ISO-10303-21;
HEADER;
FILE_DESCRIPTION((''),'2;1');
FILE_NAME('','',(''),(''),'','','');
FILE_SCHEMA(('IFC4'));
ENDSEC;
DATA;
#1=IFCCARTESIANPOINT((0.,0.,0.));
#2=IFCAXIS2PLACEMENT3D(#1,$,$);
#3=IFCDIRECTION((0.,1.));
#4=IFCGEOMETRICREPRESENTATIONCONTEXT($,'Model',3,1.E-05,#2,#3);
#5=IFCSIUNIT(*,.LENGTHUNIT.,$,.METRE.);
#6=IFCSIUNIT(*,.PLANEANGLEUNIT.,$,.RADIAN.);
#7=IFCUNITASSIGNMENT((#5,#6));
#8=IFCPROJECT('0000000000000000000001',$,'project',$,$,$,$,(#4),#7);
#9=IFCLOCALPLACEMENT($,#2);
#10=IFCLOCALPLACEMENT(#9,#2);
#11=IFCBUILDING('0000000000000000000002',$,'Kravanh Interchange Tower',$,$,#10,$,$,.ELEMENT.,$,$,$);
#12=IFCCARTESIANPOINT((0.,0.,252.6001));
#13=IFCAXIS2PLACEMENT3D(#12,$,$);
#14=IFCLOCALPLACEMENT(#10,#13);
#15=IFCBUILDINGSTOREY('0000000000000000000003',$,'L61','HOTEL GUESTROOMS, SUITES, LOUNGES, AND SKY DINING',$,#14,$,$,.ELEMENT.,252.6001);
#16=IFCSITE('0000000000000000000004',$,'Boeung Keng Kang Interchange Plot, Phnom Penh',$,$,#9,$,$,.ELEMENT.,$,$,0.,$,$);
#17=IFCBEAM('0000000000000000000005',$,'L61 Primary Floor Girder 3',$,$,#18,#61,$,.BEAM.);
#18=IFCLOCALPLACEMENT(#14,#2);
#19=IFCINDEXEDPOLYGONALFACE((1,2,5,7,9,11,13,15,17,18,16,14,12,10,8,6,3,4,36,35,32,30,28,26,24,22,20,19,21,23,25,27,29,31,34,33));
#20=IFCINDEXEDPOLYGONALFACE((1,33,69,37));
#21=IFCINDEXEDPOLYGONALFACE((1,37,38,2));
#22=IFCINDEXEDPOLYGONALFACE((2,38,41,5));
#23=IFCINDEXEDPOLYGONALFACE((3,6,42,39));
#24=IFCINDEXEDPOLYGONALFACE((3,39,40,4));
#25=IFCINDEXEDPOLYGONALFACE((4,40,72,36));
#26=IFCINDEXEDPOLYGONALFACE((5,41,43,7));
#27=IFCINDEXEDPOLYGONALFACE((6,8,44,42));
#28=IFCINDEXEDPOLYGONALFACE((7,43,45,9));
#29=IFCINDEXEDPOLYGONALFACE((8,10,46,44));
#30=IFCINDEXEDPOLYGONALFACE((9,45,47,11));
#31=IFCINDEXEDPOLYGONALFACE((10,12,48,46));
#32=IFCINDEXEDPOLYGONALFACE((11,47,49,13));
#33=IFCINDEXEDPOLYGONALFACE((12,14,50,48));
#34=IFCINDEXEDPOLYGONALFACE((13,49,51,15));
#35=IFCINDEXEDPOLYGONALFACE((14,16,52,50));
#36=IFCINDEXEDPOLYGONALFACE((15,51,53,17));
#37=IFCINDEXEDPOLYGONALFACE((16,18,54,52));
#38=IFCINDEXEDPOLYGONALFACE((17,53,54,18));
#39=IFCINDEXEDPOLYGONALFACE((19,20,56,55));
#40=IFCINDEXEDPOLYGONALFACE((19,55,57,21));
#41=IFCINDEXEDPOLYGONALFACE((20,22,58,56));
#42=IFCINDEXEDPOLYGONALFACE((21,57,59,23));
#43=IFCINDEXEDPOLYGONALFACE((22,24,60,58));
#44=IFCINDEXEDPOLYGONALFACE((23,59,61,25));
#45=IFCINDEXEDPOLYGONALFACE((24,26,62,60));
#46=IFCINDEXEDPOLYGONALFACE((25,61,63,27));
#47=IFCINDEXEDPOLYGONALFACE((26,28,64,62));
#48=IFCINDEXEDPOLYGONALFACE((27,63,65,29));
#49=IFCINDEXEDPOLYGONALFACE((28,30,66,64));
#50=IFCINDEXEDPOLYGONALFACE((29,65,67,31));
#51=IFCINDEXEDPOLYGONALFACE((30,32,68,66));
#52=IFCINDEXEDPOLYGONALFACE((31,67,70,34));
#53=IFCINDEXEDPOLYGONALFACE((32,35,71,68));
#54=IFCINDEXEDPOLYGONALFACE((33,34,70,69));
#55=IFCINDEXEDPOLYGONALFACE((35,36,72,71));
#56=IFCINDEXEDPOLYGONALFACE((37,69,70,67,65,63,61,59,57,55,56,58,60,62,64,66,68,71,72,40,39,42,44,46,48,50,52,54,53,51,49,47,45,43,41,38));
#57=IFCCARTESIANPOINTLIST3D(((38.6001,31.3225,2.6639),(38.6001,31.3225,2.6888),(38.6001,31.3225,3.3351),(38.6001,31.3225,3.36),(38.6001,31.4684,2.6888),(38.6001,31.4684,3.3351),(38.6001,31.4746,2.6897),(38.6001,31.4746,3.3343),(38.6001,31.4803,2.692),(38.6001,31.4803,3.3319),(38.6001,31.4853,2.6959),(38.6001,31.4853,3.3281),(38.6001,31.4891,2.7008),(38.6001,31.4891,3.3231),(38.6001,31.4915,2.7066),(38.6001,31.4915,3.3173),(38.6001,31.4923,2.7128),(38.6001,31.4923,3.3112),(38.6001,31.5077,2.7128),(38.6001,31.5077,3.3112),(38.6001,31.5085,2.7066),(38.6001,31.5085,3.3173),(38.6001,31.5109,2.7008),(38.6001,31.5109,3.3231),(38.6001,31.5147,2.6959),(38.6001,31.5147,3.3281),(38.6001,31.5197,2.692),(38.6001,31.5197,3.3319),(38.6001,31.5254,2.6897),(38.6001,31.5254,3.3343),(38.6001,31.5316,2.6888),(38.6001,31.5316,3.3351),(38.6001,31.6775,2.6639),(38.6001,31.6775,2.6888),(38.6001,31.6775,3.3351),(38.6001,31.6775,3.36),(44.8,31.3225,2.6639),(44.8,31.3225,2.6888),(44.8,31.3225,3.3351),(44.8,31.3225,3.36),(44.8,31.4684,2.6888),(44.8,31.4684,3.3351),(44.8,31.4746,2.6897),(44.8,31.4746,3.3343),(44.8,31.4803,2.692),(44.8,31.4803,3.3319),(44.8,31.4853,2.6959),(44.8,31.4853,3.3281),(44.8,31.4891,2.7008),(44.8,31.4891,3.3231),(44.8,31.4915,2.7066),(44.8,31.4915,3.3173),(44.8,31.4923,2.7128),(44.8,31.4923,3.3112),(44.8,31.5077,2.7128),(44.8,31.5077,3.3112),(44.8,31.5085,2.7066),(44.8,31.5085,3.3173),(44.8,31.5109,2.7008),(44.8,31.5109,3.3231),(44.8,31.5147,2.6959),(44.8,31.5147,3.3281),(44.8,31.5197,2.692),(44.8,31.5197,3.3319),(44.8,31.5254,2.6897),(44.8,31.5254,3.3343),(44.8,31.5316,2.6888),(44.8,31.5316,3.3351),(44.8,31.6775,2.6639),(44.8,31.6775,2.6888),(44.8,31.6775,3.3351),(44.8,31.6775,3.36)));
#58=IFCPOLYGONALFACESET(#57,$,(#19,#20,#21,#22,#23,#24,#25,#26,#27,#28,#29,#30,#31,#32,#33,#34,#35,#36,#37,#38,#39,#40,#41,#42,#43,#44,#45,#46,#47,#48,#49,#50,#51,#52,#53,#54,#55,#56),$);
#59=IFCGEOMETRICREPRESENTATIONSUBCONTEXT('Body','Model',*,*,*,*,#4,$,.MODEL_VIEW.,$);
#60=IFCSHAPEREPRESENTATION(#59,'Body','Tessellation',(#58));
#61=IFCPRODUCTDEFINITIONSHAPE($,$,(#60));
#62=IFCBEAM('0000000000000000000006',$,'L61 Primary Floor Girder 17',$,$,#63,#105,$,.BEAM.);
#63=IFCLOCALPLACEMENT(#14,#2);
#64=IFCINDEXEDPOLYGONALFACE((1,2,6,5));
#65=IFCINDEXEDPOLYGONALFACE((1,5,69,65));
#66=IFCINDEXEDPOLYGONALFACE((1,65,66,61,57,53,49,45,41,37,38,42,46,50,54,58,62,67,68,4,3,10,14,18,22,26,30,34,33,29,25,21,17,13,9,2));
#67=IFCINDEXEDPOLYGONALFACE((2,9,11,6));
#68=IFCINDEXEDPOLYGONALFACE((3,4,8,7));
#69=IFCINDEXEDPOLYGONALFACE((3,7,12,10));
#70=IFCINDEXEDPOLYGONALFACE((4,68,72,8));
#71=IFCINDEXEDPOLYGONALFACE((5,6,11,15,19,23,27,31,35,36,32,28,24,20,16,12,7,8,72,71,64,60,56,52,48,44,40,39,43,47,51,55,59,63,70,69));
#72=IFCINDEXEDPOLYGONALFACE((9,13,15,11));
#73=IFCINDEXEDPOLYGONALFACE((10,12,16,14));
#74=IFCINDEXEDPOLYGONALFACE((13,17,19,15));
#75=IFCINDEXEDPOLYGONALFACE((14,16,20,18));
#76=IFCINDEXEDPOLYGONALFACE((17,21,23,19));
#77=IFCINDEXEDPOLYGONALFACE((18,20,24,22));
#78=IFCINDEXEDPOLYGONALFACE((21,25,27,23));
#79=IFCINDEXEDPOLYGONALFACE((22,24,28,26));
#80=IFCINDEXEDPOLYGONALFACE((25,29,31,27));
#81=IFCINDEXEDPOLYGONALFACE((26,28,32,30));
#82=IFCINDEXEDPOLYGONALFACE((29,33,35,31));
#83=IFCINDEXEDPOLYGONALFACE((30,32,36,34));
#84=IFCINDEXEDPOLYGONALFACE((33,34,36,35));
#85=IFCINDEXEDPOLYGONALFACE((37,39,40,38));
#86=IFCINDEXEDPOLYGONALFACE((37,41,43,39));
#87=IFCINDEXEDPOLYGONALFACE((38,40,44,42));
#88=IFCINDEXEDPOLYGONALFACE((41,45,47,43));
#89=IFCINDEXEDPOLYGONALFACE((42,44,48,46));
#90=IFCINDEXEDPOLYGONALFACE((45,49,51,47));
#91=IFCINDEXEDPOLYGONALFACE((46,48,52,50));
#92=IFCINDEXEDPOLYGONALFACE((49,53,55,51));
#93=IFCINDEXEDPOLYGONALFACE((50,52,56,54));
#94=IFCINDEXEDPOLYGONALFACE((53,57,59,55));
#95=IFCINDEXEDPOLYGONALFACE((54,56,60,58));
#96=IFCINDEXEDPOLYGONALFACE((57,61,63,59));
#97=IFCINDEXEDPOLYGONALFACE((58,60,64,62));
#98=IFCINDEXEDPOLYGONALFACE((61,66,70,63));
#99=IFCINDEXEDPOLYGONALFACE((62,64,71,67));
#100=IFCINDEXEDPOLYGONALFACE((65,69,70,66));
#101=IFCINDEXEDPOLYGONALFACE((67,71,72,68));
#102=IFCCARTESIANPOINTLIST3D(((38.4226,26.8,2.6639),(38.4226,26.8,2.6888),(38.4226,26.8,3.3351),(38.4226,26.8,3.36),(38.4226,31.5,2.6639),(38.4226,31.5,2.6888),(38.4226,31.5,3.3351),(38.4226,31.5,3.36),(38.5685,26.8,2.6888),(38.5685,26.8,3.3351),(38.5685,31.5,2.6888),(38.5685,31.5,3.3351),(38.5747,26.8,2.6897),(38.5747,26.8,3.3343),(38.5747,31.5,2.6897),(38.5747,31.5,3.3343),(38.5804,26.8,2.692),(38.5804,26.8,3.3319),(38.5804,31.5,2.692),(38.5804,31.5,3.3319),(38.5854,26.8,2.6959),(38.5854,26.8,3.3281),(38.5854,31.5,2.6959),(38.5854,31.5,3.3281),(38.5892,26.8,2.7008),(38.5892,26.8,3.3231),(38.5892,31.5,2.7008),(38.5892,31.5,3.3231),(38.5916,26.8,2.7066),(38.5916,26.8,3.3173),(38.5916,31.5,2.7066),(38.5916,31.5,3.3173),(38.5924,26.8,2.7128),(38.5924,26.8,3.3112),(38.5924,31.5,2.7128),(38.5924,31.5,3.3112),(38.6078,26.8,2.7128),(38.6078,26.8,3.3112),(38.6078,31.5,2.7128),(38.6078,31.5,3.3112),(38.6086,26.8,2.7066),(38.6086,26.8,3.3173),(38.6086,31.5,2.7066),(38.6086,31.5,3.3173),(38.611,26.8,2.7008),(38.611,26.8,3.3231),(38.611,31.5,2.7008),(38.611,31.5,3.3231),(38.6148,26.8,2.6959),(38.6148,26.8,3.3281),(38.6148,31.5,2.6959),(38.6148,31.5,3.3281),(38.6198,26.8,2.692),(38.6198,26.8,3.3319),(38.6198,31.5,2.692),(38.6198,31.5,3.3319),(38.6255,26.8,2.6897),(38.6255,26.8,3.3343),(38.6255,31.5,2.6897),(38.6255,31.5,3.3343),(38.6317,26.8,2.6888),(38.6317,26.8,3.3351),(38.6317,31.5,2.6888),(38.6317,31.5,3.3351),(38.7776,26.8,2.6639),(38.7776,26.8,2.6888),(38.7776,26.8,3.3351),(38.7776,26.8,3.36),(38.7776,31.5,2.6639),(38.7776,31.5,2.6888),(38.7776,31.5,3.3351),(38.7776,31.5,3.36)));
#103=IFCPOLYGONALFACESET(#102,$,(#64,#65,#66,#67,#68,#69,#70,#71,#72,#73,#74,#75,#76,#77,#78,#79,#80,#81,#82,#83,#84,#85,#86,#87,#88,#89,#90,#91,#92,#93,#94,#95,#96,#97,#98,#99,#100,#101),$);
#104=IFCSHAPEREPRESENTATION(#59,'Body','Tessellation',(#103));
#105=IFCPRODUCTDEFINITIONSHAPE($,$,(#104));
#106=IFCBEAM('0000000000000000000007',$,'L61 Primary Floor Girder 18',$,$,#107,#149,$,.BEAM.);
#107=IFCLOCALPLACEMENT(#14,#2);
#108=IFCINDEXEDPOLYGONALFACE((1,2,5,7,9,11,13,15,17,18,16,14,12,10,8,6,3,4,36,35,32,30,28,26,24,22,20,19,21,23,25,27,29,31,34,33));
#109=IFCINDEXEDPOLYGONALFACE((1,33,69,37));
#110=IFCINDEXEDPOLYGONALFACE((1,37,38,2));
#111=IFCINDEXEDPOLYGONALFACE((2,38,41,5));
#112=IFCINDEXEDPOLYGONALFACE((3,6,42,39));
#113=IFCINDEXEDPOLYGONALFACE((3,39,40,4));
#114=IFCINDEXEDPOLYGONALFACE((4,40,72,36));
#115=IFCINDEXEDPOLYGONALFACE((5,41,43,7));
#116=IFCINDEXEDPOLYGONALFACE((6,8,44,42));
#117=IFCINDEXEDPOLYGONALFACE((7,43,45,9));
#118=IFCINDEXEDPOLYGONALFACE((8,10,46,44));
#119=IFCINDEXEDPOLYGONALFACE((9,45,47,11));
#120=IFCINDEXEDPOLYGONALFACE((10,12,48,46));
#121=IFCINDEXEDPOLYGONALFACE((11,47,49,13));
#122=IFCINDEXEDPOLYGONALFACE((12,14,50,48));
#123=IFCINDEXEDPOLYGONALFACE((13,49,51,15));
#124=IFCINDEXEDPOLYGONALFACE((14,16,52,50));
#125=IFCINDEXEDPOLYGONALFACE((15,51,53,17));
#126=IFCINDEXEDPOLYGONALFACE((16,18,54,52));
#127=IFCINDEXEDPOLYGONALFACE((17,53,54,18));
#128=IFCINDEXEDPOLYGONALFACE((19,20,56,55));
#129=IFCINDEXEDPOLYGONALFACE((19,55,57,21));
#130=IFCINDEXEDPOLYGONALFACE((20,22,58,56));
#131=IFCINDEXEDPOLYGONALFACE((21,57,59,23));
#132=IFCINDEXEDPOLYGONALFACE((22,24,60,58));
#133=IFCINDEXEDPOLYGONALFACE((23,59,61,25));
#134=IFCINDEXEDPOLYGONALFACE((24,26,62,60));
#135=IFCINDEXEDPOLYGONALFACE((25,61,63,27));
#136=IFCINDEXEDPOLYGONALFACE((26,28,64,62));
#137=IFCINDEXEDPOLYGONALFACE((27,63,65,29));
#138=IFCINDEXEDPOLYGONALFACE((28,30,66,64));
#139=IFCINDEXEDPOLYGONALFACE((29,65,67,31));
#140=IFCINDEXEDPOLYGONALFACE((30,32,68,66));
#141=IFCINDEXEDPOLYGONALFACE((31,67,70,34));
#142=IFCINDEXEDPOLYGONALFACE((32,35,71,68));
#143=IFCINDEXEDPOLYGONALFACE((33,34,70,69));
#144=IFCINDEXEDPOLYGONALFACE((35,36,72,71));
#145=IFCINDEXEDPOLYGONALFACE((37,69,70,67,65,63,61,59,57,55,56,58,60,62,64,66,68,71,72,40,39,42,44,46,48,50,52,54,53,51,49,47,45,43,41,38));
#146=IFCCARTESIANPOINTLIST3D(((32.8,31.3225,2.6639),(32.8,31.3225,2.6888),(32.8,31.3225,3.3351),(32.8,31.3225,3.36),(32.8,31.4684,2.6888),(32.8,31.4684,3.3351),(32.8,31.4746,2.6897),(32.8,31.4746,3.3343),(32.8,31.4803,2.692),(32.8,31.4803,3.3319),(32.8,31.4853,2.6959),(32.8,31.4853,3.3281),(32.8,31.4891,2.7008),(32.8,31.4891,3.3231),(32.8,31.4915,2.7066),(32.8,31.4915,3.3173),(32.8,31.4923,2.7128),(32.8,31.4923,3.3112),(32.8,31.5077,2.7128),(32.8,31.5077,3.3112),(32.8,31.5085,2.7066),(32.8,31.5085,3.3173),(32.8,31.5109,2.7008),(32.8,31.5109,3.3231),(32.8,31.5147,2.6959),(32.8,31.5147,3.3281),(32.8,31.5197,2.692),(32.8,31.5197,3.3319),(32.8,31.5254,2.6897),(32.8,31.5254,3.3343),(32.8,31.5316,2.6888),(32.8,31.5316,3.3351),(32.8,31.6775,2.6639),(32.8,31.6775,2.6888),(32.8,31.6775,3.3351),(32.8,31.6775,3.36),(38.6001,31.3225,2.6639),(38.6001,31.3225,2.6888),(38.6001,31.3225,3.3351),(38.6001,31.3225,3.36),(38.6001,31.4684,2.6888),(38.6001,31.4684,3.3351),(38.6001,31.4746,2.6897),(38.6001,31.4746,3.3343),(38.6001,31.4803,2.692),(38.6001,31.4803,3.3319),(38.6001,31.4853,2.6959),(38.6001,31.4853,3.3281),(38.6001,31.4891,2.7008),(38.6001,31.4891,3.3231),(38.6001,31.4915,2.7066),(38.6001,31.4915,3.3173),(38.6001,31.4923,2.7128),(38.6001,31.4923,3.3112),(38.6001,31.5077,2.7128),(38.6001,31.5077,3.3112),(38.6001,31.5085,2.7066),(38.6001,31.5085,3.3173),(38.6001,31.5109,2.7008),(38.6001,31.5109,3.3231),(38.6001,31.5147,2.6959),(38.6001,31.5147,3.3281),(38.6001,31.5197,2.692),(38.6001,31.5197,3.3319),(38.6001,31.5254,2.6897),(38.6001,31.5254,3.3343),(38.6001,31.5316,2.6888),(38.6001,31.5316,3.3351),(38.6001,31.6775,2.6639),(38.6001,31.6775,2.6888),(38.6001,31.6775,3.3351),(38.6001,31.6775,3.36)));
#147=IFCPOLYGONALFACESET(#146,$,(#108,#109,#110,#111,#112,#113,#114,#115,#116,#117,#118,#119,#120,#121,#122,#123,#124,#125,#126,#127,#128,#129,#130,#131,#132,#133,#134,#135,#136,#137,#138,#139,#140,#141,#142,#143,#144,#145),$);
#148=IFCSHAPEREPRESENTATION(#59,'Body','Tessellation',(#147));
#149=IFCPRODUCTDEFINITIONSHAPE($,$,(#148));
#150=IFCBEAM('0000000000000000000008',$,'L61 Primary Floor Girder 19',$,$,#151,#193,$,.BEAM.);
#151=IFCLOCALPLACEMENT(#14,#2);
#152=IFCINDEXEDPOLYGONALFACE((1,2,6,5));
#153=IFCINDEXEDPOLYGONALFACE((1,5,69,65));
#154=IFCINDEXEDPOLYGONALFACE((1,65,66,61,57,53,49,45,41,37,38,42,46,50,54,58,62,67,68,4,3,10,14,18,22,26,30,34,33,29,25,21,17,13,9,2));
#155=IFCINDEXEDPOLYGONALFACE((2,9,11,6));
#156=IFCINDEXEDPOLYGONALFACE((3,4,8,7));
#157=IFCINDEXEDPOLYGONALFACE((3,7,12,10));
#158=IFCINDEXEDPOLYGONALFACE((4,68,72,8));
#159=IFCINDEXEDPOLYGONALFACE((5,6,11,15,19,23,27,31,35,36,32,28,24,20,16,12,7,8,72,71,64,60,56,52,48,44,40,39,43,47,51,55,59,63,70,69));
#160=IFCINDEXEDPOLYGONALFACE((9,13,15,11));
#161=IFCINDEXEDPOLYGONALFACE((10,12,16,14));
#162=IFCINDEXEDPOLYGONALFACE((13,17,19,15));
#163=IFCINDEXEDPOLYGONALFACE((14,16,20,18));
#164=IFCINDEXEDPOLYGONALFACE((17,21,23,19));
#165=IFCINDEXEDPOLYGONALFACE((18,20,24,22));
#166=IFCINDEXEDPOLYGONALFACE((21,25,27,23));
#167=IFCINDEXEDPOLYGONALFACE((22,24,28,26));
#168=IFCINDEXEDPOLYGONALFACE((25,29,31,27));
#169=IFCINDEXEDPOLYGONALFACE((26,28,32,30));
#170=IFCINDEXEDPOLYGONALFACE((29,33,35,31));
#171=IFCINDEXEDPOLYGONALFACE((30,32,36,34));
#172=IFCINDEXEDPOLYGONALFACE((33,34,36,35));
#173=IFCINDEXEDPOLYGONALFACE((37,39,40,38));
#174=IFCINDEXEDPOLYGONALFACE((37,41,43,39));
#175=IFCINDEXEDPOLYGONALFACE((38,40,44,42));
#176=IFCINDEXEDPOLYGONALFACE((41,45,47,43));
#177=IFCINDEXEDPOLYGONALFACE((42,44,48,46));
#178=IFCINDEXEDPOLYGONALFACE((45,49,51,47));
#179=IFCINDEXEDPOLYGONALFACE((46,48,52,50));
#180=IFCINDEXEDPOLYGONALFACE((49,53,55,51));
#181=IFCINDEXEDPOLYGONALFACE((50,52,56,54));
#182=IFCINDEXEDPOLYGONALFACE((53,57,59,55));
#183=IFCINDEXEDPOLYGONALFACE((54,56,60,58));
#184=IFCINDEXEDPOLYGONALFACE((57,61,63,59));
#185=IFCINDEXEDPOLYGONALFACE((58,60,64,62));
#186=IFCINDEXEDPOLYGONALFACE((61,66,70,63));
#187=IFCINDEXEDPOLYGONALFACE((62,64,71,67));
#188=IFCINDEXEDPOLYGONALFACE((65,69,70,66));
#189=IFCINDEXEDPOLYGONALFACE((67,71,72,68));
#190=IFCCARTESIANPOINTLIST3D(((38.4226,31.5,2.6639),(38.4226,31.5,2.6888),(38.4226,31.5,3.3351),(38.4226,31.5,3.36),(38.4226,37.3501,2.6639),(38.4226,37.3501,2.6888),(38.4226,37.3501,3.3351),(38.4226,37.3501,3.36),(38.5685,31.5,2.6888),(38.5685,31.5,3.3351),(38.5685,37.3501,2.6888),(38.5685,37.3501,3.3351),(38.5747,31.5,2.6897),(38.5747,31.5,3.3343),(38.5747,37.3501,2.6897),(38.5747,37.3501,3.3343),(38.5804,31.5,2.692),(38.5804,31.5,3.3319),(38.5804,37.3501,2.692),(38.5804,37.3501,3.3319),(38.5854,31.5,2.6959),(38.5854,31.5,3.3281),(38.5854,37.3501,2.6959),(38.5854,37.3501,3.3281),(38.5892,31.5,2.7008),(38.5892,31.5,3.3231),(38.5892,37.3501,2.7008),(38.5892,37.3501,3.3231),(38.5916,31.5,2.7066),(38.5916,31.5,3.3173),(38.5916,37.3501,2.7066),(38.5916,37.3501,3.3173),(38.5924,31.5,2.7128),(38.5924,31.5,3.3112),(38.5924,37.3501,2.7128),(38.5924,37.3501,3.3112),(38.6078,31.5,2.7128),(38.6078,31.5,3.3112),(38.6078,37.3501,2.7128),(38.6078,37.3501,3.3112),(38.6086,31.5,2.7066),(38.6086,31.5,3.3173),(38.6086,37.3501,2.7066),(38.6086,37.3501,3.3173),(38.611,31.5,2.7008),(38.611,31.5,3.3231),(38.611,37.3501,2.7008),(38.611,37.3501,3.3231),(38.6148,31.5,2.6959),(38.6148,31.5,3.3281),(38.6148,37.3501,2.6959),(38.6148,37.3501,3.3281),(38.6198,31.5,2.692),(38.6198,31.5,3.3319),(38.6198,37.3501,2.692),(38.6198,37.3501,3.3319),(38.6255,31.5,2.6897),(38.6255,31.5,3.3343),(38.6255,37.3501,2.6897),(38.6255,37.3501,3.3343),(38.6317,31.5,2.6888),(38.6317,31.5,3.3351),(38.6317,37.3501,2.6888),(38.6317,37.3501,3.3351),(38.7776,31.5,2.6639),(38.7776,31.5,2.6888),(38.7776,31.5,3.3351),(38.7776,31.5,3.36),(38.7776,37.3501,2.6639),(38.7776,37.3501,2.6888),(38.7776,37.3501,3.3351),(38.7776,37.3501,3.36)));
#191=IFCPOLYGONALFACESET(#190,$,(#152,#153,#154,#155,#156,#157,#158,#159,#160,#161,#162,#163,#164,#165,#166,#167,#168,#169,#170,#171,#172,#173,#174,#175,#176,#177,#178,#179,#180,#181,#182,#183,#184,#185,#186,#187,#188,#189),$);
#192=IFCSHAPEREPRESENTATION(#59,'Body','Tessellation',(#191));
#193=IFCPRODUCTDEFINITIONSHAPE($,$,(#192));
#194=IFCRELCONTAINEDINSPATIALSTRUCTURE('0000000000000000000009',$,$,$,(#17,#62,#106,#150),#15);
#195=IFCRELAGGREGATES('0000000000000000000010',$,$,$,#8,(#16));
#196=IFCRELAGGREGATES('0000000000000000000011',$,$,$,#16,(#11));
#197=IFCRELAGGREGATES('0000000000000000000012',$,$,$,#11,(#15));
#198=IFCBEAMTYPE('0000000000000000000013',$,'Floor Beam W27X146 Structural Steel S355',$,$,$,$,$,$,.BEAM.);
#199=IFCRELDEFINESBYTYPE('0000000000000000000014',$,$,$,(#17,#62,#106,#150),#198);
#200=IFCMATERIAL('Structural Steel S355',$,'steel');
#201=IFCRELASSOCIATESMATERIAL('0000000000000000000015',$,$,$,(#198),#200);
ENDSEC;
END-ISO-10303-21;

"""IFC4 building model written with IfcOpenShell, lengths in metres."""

from ifc_helpers import new_model, si_unit, direction, frame, origin, origin_2d, place, context, subcontext, project, spatial, i_section, extrude, material, material_profile, profile_set, type_object, element, save


model = new_model("IFC4")

# Units and contexts
model_context = context("Model", 3, precision=1e-05, world=origin(), true_north=direction((0.0, 1.0)))
body_context = subcontext(model_context, "Body", "Model", "MODEL_VIEW")
ifc_project = project(units=[si_unit("LENGTHUNIT", "METRE"), si_unit("PLANEANGLEUNIT", "RADIAN")], contexts=[model_context])

# Site, building, storey
site_placement = place(None, origin())
site = spatial("IfcSite", under=ifc_project, at=site_placement, Name="Boeung Keng Kang Interchange Plot, Phnom Penh", CompositionType="ELEMENT", RefElevation=0.0)
building_placement = place(site_placement, origin())
building = spatial("IfcBuilding", under=site, at=building_placement, Name="Kravanh Interchange Tower", CompositionType="ELEMENT")
storey_placement = place(building_placement, frame((0.0, 0.0, 252.6001)))
storey = spatial("IfcBuildingStorey", under=building, at=storey_placement, Name="L61", Description="HOTEL GUESTROOMS, SUITES, LOUNGES, AND SKY DINING", CompositionType="ELEMENT", Elevation=252.6001)

# Beams
ifc_material_1 = material(Name="Structural Steel S355", Category="steel")
ifc_material_profile_1 = material_profile(ifc_material_1, i_section(OverallWidth=0.355, OverallDepth=0.696, WebThickness=0.0154, FlangeThickness=0.0249, FilletRadius=0.0239, at=origin_2d()), Name="W27X146")
ifc_profile_set_1 = profile_set([ifc_material_profile_1], Name="Structural Steel S355")
beam_type_1 = type_object("IfcBeamType", Name="Floor Beam W27X146 Structural Steel S355", PredefinedType="BEAM", material=ifc_profile_set_1)
beam_1_placement = place(storey_placement, frame((44.8, 31.5, 3.012), z_axis=(-1.0, 0.0, 0.0), x_axis=(0.0, -1.0, 0.0)))
element("IfcBeam", 1, at=beam_1_placement, inside=storey, type_object=beam_type_1, Name="L61 Primary Floor Girder 3", PredefinedType="BEAM", context=body_context, shape_type="SweptSolid", body=[
    extrude(i_section(OverallWidth=0.355, OverallDepth=0.696, WebThickness=0.0154, FlangeThickness=0.0249, FilletRadius=0.0239, at=origin_2d()), origin(), (0.0, 0.0, 1.0), 6.2),
])
beam_2_placement = place(storey_placement, frame((38.6001, 31.5, 3.012), z_axis=(0.0, -1.0, 0.0), x_axis=(1.0, 0.0, 0.0)))
element("IfcBeam", 2, at=beam_2_placement, inside=storey, type_object=beam_type_1, Name="L61 Primary Floor Girder 17", PredefinedType="BEAM", context=body_context, shape_type="SweptSolid", body=[
    extrude(i_section(OverallWidth=0.355, OverallDepth=0.696, WebThickness=0.0154, FlangeThickness=0.0249, FilletRadius=0.0239, at=origin_2d()), origin(), (0.0, 0.0, 1.0), 4.7),
])
beam_3_placement = place(storey_placement, frame((38.6001, 31.5, 3.012), z_axis=(-1.0, 0.0, 0.0), x_axis=(0.0, -1.0, 0.0)))
element("IfcBeam", 3, at=beam_3_placement, inside=storey, type_object=beam_type_1, Name="L61 Primary Floor Girder 18", PredefinedType="BEAM", context=body_context, shape_type="SweptSolid", body=[
    extrude(i_section(OverallWidth=0.355, OverallDepth=0.696, WebThickness=0.0154, FlangeThickness=0.0249, FilletRadius=0.0239, at=origin_2d()), origin(), (0.0, 0.0, 1.0), 5.8),
])
beam_4_placement = place(storey_placement, frame((38.6001, 31.5, 3.012), z_axis=(0.0, 1.0, 0.0), x_axis=(-1.0, 0.0, 0.0)))
element("IfcBeam", 4, at=beam_4_placement, inside=storey, type_object=beam_type_1, Name="L61 Primary Floor Girder 19", PredefinedType="BEAM", context=body_context, shape_type="SweptSolid", body=[
    extrude(i_section(OverallWidth=0.355, OverallDepth=0.696, WebThickness=0.0154, FlangeThickness=0.0249, FilletRadius=0.0239, at=origin_2d()), origin(), (0.0, 0.0, 1.0), 5.8501),
])

save(model, "model.ifc")
